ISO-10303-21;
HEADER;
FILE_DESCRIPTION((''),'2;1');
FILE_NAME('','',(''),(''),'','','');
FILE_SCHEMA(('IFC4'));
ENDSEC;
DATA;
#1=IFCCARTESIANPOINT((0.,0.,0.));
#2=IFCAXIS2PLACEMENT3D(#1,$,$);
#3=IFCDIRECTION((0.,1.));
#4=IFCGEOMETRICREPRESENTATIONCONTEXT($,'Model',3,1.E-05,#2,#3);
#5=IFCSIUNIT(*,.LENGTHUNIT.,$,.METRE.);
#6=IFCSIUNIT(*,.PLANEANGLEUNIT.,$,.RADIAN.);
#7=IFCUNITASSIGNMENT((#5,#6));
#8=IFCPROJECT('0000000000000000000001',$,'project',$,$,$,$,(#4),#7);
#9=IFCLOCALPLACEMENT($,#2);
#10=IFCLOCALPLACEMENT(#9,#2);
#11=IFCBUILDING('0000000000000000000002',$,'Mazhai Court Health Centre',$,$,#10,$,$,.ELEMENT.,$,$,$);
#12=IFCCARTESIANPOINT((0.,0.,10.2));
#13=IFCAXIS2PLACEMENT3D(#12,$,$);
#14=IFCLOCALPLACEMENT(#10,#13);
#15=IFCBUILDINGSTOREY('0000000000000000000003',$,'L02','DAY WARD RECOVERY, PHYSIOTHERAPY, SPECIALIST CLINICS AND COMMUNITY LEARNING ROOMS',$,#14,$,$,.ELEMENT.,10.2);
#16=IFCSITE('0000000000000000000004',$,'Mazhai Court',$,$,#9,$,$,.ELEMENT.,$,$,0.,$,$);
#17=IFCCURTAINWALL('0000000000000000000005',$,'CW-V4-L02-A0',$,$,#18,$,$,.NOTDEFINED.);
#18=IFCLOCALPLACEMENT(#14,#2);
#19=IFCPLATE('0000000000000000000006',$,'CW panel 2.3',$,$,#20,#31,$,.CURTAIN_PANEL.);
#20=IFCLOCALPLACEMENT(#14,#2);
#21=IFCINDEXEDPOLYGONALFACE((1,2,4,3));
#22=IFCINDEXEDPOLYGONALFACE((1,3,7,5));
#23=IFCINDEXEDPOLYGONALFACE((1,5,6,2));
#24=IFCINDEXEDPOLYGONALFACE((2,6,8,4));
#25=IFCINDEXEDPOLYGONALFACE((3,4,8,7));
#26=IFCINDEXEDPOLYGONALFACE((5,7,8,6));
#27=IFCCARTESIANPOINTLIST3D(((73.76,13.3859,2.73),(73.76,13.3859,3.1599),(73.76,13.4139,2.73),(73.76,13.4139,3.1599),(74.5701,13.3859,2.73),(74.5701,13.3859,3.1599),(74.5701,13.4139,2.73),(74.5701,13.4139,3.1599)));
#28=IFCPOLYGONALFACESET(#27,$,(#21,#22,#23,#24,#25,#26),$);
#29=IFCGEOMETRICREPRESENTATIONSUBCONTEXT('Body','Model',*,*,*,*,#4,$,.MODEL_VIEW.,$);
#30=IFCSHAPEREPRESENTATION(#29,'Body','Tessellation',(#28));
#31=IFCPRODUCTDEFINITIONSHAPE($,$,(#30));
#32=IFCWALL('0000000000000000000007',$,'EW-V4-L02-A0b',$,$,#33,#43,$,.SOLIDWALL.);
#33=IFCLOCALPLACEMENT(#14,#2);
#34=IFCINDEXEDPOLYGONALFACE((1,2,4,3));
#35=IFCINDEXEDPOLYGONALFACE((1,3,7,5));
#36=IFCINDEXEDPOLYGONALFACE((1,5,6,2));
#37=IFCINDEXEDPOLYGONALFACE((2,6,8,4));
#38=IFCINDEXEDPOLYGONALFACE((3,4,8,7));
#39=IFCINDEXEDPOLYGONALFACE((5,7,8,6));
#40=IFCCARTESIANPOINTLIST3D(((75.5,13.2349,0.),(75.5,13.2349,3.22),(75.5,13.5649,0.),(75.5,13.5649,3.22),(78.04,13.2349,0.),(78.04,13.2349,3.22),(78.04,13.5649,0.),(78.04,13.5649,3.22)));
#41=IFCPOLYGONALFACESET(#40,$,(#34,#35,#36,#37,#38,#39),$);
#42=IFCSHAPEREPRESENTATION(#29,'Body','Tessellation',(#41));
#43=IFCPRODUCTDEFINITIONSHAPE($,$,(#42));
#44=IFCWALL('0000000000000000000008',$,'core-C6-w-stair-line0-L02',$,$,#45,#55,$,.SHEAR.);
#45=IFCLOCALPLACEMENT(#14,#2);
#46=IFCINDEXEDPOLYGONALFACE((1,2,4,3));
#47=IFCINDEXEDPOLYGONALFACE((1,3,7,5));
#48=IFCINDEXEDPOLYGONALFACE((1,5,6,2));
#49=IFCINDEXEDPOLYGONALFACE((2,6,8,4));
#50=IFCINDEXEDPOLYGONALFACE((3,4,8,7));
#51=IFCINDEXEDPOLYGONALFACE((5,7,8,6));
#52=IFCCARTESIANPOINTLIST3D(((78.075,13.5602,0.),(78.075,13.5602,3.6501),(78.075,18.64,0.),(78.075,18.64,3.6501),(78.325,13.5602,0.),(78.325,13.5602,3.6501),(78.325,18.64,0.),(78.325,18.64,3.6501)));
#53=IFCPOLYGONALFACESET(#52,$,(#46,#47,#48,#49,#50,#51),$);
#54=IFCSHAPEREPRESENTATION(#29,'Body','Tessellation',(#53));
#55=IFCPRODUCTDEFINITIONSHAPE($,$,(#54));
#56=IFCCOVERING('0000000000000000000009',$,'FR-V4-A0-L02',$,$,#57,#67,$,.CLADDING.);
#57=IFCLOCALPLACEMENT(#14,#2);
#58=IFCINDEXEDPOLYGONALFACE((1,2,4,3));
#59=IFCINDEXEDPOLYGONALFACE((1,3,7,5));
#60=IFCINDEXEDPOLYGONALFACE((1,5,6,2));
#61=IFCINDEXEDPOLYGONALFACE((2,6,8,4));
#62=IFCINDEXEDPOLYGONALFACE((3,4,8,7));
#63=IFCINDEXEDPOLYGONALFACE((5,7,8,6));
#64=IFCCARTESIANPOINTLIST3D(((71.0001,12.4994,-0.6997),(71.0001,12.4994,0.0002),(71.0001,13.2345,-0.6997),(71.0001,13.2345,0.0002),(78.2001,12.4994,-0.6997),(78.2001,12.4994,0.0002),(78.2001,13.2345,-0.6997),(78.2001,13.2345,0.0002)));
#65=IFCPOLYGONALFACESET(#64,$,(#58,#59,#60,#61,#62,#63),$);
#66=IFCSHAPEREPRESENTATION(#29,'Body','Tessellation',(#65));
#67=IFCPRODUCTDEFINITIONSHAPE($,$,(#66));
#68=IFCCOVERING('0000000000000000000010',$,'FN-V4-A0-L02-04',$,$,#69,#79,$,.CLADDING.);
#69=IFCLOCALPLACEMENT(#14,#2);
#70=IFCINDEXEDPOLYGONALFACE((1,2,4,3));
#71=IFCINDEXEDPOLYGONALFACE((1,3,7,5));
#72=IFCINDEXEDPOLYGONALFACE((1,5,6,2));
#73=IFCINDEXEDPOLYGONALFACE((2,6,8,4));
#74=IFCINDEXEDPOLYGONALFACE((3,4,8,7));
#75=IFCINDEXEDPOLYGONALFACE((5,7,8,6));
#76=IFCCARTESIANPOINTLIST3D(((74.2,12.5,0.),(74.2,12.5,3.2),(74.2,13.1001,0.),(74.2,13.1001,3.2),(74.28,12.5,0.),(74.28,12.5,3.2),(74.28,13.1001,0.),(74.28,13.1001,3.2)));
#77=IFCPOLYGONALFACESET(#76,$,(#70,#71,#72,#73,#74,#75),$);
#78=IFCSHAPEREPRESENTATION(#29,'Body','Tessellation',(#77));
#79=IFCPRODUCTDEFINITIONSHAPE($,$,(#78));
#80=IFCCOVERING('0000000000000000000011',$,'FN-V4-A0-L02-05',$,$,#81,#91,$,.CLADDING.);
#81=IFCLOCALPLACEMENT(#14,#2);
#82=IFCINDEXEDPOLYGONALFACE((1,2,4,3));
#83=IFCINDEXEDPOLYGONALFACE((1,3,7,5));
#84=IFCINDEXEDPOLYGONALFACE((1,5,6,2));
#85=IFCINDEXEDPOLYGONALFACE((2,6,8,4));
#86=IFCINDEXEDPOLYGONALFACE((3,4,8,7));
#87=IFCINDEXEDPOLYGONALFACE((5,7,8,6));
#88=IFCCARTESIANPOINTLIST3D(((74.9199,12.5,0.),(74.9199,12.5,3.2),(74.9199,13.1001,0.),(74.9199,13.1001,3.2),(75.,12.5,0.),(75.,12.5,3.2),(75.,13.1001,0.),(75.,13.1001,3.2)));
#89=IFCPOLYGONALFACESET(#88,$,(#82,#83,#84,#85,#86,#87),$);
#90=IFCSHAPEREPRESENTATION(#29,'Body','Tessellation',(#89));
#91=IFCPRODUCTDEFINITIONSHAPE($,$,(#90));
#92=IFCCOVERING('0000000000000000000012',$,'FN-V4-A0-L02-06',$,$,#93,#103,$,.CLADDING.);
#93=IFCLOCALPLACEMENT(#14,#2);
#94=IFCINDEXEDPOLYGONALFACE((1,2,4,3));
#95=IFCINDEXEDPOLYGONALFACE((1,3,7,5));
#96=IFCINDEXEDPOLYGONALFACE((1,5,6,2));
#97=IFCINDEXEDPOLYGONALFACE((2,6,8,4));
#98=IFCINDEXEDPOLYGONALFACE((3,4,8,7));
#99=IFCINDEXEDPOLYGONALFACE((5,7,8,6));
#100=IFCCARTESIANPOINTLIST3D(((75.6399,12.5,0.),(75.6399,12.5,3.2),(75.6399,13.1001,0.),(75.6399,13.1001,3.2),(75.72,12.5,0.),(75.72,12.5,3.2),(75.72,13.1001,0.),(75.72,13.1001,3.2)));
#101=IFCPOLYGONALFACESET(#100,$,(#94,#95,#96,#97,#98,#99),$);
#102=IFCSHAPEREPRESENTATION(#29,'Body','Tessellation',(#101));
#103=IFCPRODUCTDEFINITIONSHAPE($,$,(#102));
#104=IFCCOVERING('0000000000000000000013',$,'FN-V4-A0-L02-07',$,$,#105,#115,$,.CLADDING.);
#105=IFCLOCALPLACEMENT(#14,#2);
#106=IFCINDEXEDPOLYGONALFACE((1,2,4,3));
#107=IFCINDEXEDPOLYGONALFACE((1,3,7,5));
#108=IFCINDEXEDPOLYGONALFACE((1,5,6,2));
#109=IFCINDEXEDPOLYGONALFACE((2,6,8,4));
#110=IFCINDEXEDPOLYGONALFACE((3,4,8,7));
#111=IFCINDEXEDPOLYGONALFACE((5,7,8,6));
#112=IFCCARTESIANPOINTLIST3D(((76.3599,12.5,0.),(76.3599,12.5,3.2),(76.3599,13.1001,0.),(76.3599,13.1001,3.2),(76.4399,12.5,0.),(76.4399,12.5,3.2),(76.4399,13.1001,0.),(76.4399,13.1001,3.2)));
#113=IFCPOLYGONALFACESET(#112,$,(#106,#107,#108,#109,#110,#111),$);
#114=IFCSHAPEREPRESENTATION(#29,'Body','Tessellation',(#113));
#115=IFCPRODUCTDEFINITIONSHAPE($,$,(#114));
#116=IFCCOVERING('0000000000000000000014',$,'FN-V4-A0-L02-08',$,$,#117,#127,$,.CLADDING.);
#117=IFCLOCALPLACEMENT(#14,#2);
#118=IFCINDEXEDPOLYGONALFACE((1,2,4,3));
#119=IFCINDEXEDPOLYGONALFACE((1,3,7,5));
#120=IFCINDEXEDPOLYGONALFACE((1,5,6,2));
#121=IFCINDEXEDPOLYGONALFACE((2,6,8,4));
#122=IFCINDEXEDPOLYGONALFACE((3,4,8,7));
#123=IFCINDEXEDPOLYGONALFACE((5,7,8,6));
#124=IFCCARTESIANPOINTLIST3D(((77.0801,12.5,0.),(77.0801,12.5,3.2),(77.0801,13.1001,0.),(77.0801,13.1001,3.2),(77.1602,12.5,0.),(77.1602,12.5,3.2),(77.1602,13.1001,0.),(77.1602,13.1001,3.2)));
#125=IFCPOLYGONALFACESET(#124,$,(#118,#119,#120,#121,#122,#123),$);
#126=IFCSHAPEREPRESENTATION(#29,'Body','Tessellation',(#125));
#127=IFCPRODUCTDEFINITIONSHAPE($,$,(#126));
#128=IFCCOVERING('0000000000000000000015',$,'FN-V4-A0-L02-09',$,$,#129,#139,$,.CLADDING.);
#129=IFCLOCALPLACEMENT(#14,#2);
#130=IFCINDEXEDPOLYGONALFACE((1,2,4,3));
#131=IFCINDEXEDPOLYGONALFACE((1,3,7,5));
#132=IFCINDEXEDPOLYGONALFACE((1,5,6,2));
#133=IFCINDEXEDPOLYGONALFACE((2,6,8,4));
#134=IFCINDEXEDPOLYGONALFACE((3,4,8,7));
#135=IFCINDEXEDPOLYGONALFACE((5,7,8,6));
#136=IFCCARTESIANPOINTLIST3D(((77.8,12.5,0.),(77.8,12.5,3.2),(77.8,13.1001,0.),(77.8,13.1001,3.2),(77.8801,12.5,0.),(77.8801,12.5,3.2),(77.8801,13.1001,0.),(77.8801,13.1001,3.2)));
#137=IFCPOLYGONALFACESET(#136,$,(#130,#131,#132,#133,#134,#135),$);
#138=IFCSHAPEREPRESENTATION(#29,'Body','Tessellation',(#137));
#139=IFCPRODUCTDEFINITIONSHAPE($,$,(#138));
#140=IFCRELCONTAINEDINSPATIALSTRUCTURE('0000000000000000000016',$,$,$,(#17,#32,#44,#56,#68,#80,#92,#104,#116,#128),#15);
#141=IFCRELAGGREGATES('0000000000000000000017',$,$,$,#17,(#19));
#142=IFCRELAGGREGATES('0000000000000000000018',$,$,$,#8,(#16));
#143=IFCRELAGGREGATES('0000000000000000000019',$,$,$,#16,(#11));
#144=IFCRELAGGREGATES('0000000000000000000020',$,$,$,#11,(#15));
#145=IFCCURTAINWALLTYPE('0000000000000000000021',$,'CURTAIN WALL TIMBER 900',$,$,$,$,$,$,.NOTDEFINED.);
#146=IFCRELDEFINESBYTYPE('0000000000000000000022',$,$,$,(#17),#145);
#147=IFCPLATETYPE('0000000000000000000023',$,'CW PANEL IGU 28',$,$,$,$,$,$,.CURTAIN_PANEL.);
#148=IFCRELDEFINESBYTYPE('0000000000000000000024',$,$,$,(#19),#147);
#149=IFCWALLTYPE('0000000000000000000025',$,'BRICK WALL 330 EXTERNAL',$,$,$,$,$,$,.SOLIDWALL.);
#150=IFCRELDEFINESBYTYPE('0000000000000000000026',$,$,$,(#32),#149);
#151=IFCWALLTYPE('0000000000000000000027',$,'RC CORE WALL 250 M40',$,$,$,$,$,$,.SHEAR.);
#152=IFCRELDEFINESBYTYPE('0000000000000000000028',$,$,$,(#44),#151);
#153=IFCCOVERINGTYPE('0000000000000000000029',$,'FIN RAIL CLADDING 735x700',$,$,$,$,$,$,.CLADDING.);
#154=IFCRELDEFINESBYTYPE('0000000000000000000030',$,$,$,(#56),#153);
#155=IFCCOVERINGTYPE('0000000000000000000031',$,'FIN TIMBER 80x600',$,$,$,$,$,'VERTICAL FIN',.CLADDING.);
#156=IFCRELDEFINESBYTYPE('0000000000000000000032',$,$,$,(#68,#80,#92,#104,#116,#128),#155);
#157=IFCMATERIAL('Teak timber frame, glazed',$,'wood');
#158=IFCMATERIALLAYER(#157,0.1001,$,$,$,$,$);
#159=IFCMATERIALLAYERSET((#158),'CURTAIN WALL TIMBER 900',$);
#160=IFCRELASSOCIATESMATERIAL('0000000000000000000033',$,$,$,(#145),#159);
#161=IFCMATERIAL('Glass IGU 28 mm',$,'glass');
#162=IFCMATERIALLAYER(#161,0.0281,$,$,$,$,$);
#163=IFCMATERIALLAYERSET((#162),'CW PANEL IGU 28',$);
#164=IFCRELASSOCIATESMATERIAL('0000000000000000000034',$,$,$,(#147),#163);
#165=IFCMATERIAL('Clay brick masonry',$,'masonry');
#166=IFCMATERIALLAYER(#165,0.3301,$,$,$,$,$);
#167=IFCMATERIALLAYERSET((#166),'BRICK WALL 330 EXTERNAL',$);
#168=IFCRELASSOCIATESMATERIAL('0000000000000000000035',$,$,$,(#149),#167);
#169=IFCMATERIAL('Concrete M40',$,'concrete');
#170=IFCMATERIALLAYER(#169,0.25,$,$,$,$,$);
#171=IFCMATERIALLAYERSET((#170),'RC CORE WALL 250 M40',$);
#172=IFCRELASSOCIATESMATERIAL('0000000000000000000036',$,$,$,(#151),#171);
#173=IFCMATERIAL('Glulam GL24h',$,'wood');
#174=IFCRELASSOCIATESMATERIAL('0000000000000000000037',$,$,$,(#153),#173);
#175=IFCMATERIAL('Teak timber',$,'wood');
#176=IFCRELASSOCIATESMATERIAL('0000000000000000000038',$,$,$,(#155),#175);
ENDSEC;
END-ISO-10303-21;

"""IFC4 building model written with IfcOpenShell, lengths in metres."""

from ifc_helpers import new_model, si_unit, direction, frame, frame_2d, origin, origin_2d, place, context, subcontext, project, spatial, rectangle, extrude, material, layer, layer_set, type_object, element, aggregate, save


model = new_model("IFC4")

# Units and contexts
model_context = context("Model", 3, precision=1e-05, world=origin(), true_north=direction((0.0, 1.0)))
body_context = subcontext(model_context, "Body", "Model", "MODEL_VIEW")
ifc_project = project(units=[si_unit("LENGTHUNIT", "METRE"), si_unit("PLANEANGLEUNIT", "RADIAN")], contexts=[model_context])

# Site, building, storey
site_placement = place(None, origin())
site = spatial("IfcSite", under=ifc_project, at=site_placement, Name="Mazhai Court", CompositionType="ELEMENT", RefElevation=0.0)
building_placement = place(site_placement, origin())
building = spatial("IfcBuilding", under=site, at=building_placement, Name="Mazhai Court Health Centre", CompositionType="ELEMENT")
storey_placement = place(building_placement, frame((0.0, 0.0, 10.2)))
storey = spatial("IfcBuildingStorey", under=building, at=storey_placement, Name="L02", Description="DAY WARD RECOVERY, PHYSIOTHERAPY, SPECIALIST CLINICS AND COMMUNITY LEARNING ROOMS", CompositionType="ELEMENT", Elevation=10.2)

# Curtain wall, plate
ifc_material_1 = material(Name="Teak timber frame, glazed", Category="wood")
ifc_layer_1 = layer(ifc_material_1, 0.1001)
ifc_layer_set_1 = layer_set([ifc_layer_1], Name="CURTAIN WALL TIMBER 900")
curtain_wall_type = type_object("IfcCurtainWallType", Name="CURTAIN WALL TIMBER 900", PredefinedType="NOTDEFINED", material=ifc_layer_set_1)
curtain_wall_placement = place(storey_placement, origin())
curtain_wall = element("IfcCurtainWall", 1, at=curtain_wall_placement, inside=storey, type_object=curtain_wall_type, Name="CW-V4-L02-A0", PredefinedType="NOTDEFINED")
ifc_material_2 = material(Name="Glass IGU 28 mm", Category="glass")
ifc_layer_2 = layer(ifc_material_2, 0.0281)
ifc_layer_set_2 = layer_set([ifc_layer_2], Name="CW PANEL IGU 28")
plate_type = type_object("IfcPlateType", Name="CW PANEL IGU 28", PredefinedType="CURTAIN_PANEL", material=ifc_layer_set_2)
plate_1_placement = place(storey_placement, frame((74.165, 13.3999, 2.73), z_axis=(0.0, 0.0, 1.0), x_axis=(-1.0, 0.0, 0.0)))
plate_1 = element("IfcPlate", 2, at=plate_1_placement, type_object=plate_type, Name="CW panel 2.3", PredefinedType="CURTAIN_PANEL", context=body_context, shape_type="SweptSolid", body=[
    extrude(rectangle(XDim=0.8101, YDim=0.0281, at=origin_2d()), origin(), (0.0, 0.0, 1.0), 0.4299),
])
aggregate(curtain_wall, [plate_1])

# Walls
ifc_material_3 = material(Name="Clay brick masonry", Category="masonry")
ifc_layer_3 = layer(ifc_material_3, 0.3301)
ifc_layer_set_3 = layer_set([ifc_layer_3], Name="BRICK WALL 330 EXTERNAL")
wall_type_1 = type_object("IfcWallType", Name="BRICK WALL 330 EXTERNAL", PredefinedType="SOLIDWALL", material=ifc_layer_set_3)
wall_1_placement = place(storey_placement, frame((78.04, 13.3999, 0.0), z_axis=(0.0, 0.0, 1.0), x_axis=(-1.0, 0.0, 0.0)))
element("IfcWall", 3, at=wall_1_placement, inside=storey, type_object=wall_type_1, Name="EW-V4-L02-A0b", PredefinedType="SOLIDWALL", context=body_context, shape_type="SweptSolid", body=[
    extrude(rectangle(XDim=2.54, YDim=0.3301, at=frame_2d((1.27, 0.0))), origin(), (0.0, 0.0, 1.0), 3.22),
])
ifc_material_4 = material(Name="Concrete M40", Category="concrete")
ifc_layer_4 = layer(ifc_material_4, 0.25)
ifc_layer_set_4 = layer_set([ifc_layer_4], Name="RC CORE WALL 250 M40")
wall_type_2 = type_object("IfcWallType", Name="RC CORE WALL 250 M40", PredefinedType="SHEAR", material=ifc_layer_set_4)
wall_2_placement = place(storey_placement, frame((78.2, 13.5601, 0.0), z_axis=(0.0, 0.0, 1.0), x_axis=(0.0, 1.0, 0.0)))
element("IfcWall", 4, at=wall_2_placement, inside=storey, type_object=wall_type_2, Name="core-C6-w-stair-line0-L02", PredefinedType="SHEAR", context=body_context, shape_type="SweptSolid", body=[
    extrude(rectangle(XDim=5.0798, YDim=0.25, at=frame_2d((2.54, 0.0))), origin(), (0.0, 0.0, 1.0), 3.6501),
])

# Coverings
ifc_material_5 = material(Name="Glulam GL24h", Category="wood")
covering_type_1 = type_object("IfcCoveringType", Name="FIN RAIL CLADDING 735x700", PredefinedType="CLADDING", material=ifc_material_5)
covering_placement = place(storey_placement, frame((74.6001, 12.8669, -0.6997), z_axis=(0.0, 0.0, 1.0), x_axis=(1.0, 0.0, 0.0)))
element("IfcCovering", 5, at=covering_placement, inside=storey, type_object=covering_type_1, Name="FR-V4-A0-L02", PredefinedType="CLADDING", context=body_context, shape_type="SweptSolid", body=[
    extrude(rectangle(XDim=7.2, YDim=0.7351, at=origin_2d()), origin(), (0.0, 0.0, 1.0), 0.7),
])
ifc_material_6 = material(Name="Teak timber", Category="wood")
covering_type_2 = type_object("IfcCoveringType", Name="FIN TIMBER 80x600", ElementType="VERTICAL FIN", PredefinedType="CLADDING", material=ifc_material_6)
for number, where, z_axis, x_axis, name in (
    (6, (74.24, 12.8, 0.0), (0.0, 0.0, 1.0), (1.0, 0.0, 0.0), "FN-V4-A0-L02-04"),
    (7, (74.96, 12.8, 0.0), (0.0, 0.0, 1.0), (1.0, 0.0, 0.0), "FN-V4-A0-L02-05"),
    (8, (75.6799, 12.8, 0.0), (0.0, 0.0, 1.0), (1.0, 0.0, 0.0), "FN-V4-A0-L02-06"),
    (9, (76.3999, 12.8, 0.0), (0.0, 0.0, 1.0), (1.0, 0.0, 0.0), "FN-V4-A0-L02-07"),
    (10, (77.1201, 12.8, 0.0), (0.0, 0.0, 1.0), (1.0, 0.0, 0.0), "FN-V4-A0-L02-08"),
    (11, (77.8401, 12.8, 0.0), (0.0, 0.0, 1.0), (1.0, 0.0, 0.0), "FN-V4-A0-L02-09"),
):
    element("IfcCovering", number, at=place(storey_placement, frame(where, z_axis=z_axis, x_axis=x_axis)), inside=storey, type_object=covering_type_2, Name=name, PredefinedType="CLADDING", context=body_context, shape_type="SweptSolid", body=[
        extrude(rectangle(XDim=0.0801, YDim=0.6001, at=origin_2d()), origin(), (0.0, 0.0, 1.0), 3.2),
    ])

save(model, "model.ifc")
